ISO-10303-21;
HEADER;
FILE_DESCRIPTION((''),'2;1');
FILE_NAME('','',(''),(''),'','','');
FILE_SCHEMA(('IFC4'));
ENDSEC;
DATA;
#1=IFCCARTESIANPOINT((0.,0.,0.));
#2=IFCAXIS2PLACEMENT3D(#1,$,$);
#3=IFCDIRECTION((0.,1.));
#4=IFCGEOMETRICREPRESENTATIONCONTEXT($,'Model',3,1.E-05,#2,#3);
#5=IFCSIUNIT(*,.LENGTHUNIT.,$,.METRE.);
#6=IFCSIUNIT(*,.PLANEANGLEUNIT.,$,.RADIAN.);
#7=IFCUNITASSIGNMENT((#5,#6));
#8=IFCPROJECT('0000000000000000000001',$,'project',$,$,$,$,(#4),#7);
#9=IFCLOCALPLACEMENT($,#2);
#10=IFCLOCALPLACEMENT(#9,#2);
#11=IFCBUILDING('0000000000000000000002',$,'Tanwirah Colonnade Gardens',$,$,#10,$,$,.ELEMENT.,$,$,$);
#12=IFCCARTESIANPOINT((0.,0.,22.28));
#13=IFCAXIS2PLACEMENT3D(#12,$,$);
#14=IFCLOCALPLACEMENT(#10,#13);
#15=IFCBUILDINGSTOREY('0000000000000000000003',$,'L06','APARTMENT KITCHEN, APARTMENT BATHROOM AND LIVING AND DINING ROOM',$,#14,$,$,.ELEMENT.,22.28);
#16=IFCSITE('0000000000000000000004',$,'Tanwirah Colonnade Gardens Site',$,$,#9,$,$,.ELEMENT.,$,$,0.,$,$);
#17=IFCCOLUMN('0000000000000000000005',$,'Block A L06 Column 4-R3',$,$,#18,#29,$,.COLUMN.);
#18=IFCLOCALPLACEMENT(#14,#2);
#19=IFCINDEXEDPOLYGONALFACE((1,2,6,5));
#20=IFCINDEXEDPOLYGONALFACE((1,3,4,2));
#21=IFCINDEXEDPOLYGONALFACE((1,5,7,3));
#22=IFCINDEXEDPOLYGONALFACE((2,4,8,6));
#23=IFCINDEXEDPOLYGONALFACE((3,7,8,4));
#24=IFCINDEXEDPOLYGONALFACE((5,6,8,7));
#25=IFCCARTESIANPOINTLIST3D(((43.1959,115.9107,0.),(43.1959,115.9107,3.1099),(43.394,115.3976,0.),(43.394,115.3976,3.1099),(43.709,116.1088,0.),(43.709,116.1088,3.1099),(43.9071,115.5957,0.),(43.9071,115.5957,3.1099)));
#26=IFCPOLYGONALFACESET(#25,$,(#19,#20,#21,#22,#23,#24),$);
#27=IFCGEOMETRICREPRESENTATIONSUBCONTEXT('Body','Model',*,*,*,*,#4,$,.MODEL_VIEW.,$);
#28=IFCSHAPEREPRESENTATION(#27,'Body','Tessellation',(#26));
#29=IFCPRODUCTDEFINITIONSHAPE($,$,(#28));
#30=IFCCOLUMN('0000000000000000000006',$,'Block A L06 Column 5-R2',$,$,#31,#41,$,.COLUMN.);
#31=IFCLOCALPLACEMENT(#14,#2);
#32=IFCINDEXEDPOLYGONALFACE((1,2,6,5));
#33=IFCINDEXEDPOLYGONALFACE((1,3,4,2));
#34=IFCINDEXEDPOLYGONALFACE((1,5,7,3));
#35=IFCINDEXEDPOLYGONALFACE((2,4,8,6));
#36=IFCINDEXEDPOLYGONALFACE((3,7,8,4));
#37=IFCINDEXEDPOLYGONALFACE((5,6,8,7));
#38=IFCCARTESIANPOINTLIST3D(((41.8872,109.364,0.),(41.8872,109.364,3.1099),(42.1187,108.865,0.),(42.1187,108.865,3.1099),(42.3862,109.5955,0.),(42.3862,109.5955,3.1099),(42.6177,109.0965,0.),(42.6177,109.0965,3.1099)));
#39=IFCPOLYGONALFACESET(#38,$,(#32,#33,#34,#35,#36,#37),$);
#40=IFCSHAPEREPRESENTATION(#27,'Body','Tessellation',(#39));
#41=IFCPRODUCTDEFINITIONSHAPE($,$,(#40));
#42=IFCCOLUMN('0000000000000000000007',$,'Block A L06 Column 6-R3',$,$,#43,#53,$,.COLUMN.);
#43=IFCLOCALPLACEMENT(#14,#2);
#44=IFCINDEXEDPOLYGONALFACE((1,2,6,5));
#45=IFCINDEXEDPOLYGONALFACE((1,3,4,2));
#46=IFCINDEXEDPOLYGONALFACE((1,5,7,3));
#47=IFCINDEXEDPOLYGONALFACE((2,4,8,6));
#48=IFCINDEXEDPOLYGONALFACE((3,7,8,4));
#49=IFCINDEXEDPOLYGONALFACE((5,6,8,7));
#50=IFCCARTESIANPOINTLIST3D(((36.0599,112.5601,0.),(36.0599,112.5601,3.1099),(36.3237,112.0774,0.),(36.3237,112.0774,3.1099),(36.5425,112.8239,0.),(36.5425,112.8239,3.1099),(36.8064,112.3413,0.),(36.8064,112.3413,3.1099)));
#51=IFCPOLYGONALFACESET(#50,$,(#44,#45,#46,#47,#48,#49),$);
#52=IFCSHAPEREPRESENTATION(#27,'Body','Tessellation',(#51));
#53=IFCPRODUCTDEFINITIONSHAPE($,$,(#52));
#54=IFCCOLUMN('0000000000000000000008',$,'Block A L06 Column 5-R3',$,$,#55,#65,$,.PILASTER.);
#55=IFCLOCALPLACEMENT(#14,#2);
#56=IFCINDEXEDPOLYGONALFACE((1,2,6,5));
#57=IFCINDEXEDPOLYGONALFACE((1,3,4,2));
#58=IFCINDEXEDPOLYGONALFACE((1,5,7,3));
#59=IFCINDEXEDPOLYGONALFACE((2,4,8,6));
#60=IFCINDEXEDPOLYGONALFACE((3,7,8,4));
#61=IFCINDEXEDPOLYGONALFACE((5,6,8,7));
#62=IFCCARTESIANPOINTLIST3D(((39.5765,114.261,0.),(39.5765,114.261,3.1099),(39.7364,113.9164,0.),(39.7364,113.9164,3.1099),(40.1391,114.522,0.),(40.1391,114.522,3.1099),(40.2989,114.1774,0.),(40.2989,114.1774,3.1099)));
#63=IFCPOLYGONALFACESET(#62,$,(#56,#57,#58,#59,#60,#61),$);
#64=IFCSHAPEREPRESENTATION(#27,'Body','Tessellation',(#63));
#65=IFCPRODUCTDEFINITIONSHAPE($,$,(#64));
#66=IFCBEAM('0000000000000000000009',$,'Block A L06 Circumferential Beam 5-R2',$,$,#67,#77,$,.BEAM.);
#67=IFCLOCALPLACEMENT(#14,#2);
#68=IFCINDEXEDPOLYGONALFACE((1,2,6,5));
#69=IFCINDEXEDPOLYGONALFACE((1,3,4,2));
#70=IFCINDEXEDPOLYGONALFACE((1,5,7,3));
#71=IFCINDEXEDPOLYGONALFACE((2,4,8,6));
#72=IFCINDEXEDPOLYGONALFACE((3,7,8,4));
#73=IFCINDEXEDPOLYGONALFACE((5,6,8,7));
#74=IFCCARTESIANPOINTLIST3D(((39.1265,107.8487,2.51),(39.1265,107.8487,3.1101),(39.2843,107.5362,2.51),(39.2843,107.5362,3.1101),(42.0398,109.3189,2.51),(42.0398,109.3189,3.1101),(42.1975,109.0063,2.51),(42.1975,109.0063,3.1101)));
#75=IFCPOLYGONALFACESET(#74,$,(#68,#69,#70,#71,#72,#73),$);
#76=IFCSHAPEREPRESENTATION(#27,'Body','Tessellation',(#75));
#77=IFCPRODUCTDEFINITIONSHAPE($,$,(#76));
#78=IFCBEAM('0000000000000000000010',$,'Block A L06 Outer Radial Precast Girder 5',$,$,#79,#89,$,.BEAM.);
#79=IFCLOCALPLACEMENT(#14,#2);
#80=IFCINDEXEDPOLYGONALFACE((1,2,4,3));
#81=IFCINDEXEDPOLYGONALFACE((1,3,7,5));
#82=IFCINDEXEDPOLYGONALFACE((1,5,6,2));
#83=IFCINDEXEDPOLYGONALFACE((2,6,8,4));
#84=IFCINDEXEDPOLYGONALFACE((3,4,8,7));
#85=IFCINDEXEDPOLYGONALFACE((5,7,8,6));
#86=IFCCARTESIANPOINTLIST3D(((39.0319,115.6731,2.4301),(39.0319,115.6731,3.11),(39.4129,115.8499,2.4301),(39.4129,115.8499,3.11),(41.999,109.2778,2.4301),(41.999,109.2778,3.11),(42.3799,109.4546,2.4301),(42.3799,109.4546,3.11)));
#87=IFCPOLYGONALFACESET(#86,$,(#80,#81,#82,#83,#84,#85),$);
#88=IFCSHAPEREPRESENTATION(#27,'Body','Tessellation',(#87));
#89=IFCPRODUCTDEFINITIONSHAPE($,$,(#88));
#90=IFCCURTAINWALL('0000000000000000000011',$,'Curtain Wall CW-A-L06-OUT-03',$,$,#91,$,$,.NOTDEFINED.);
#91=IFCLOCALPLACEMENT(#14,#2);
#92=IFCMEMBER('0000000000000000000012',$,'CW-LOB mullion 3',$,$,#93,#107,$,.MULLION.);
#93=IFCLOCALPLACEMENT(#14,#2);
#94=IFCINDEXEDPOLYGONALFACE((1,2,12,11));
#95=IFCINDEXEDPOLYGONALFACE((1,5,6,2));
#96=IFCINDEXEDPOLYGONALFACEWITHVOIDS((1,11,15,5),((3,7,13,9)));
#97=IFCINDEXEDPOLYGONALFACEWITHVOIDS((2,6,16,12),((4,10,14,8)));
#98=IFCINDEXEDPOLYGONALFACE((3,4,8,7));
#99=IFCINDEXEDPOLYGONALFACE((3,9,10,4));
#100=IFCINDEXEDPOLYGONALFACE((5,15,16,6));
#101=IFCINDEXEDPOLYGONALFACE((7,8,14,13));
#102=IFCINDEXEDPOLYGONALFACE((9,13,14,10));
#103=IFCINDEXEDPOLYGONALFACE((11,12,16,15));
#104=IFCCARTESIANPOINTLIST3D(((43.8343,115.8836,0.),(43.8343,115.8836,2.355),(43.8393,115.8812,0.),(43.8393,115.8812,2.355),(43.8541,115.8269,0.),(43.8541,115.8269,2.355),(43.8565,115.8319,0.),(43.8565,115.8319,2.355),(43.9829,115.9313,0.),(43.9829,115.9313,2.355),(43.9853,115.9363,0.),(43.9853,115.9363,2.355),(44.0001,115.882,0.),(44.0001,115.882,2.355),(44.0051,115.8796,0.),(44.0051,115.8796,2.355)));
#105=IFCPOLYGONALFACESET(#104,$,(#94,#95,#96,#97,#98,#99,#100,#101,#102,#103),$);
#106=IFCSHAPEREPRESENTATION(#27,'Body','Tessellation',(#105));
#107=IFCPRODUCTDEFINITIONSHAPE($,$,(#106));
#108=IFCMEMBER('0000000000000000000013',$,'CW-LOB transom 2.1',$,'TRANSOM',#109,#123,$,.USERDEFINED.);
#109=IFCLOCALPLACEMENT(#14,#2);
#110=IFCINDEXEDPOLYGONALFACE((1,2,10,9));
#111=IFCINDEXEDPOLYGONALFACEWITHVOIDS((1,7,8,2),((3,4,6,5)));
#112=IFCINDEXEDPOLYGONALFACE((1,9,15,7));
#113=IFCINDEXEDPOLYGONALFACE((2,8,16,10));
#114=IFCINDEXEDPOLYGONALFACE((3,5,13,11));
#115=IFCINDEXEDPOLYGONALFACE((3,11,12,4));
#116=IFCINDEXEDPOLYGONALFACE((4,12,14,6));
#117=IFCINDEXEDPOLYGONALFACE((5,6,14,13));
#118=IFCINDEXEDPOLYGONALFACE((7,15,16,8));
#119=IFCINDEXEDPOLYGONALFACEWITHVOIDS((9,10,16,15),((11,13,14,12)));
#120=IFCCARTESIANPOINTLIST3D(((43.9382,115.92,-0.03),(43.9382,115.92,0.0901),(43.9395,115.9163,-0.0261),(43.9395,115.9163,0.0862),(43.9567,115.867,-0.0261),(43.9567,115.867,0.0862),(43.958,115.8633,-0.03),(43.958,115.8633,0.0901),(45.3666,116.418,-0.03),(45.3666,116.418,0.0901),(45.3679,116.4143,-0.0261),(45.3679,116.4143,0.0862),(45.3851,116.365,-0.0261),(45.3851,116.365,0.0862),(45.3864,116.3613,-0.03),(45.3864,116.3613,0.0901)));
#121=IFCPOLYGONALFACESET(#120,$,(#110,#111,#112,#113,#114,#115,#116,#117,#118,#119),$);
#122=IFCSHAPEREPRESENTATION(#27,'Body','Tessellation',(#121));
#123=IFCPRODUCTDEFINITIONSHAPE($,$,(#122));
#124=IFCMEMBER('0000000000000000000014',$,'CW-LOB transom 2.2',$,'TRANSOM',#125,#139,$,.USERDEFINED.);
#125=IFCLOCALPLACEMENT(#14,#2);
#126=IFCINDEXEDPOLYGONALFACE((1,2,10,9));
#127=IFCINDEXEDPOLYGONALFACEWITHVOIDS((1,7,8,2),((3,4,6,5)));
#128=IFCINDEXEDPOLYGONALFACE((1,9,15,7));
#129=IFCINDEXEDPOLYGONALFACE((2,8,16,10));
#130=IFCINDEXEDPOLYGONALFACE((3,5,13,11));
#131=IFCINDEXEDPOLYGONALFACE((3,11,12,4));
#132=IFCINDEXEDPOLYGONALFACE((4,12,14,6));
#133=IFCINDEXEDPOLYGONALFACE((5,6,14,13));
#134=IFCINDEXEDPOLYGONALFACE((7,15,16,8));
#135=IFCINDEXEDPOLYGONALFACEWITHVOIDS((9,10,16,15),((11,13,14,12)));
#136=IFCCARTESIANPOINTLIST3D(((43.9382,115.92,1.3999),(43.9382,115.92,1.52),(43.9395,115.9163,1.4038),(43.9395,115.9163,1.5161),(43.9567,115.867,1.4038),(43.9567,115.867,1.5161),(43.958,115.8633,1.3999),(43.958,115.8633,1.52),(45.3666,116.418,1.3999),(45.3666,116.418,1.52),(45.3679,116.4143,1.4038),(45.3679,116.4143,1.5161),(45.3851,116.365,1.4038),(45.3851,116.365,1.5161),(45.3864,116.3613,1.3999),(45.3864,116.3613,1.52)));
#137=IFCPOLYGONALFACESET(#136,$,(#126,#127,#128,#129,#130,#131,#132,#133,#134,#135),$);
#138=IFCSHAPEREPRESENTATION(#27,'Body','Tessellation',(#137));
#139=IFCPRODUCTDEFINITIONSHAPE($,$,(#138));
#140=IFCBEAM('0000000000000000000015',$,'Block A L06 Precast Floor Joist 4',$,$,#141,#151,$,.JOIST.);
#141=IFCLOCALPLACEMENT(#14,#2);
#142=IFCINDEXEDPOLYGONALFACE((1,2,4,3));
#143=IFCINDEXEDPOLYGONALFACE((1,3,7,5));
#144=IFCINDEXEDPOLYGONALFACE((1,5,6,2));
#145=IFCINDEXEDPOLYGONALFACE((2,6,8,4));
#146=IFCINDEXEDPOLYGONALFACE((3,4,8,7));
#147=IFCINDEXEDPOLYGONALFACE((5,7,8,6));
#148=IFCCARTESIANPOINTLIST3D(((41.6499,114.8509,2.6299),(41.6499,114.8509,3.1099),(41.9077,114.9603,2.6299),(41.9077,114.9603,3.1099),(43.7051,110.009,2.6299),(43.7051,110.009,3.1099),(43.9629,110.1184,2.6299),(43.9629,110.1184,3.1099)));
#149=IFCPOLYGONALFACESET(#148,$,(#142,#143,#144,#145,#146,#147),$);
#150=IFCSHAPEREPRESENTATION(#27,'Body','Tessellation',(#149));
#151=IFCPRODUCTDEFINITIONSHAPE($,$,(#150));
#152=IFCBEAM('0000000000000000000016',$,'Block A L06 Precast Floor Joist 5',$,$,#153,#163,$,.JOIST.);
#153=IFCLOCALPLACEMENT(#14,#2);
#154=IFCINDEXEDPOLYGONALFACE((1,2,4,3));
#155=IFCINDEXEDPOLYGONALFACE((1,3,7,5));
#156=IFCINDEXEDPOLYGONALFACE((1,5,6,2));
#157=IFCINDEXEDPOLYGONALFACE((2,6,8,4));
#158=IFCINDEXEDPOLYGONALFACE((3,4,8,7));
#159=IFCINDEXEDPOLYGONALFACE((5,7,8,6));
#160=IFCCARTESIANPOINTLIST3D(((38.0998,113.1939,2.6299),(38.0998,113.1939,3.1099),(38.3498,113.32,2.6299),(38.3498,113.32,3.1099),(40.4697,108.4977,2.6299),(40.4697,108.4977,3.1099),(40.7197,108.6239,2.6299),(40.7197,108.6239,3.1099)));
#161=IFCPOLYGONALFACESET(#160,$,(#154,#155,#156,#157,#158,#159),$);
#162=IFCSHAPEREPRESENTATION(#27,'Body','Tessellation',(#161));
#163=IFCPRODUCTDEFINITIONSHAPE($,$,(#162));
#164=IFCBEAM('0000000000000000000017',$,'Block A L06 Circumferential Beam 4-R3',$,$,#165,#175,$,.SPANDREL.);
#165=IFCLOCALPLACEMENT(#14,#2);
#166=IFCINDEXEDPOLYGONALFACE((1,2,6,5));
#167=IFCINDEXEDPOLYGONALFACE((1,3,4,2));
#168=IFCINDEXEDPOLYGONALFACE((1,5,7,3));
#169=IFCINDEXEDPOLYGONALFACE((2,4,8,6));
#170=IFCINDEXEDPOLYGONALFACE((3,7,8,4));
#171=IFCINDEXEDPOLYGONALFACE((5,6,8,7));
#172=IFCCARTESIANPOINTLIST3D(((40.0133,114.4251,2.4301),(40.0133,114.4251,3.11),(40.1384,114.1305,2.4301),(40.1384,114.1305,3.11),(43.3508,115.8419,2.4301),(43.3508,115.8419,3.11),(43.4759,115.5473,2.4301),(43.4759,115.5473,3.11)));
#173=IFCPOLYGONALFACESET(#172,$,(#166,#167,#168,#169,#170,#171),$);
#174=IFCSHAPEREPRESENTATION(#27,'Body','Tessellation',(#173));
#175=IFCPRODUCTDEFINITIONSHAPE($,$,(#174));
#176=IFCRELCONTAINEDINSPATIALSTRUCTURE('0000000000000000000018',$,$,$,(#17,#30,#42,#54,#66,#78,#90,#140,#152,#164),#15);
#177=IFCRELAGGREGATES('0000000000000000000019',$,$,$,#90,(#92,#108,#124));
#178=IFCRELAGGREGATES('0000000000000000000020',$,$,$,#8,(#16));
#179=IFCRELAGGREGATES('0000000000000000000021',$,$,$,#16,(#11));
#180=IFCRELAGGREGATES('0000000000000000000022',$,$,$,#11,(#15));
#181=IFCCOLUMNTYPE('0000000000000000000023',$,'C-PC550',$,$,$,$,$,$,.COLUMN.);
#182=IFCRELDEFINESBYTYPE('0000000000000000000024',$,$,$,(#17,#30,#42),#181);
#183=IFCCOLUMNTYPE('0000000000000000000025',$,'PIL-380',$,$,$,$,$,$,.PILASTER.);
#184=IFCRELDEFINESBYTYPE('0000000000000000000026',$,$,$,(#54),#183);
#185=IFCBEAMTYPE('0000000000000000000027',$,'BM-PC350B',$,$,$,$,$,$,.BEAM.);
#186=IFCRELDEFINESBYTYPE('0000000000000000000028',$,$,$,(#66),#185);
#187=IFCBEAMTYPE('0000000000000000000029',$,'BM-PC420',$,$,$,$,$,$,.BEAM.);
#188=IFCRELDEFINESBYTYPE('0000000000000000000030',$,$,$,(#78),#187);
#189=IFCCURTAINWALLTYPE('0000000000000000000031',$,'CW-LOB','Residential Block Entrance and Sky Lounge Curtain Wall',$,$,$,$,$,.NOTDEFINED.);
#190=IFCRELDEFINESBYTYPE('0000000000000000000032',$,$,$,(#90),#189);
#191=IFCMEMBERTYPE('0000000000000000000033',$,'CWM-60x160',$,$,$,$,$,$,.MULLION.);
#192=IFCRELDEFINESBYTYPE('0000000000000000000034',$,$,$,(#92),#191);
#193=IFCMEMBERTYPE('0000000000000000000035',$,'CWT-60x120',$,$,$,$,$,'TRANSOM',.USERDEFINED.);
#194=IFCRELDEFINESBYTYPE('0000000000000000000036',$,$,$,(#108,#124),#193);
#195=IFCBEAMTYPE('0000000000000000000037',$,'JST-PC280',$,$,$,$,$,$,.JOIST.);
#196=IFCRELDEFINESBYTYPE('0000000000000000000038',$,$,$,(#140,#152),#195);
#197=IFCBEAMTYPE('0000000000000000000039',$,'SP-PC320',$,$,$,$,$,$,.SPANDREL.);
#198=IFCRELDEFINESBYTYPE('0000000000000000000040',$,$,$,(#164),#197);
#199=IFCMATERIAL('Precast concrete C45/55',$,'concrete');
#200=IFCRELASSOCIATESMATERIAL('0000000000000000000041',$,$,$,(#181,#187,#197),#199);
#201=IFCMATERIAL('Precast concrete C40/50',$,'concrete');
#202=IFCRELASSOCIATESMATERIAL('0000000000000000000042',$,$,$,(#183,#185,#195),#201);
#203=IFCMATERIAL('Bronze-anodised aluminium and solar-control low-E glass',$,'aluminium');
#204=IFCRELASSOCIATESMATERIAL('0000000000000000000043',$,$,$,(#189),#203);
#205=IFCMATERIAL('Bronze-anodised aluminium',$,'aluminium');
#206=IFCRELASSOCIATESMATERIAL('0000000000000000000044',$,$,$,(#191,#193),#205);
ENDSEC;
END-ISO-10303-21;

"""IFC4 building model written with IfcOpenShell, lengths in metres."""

from ifc_helpers import new_model, si_unit, direction, frame, origin, origin_2d, place, context, subcontext, project, spatial, rectangle, hollow_rectangle, extrude, material, material_profile, profile_set, type_object, element, aggregate, save


model = new_model("IFC4")

# Units and contexts
model_context = context("Model", 3, precision=1e-05, world=origin(), true_north=direction((0.0, 1.0)))
body_context = subcontext(model_context, "Body", "Model", "MODEL_VIEW")
ifc_project = project(units=[si_unit("LENGTHUNIT", "METRE"), si_unit("PLANEANGLEUNIT", "RADIAN")], contexts=[model_context])

# Site, building, storey
site_placement = place(None, origin())
site = spatial("IfcSite", under=ifc_project, at=site_placement, Name="Tanwirah Colonnade Gardens Site", CompositionType="ELEMENT", RefElevation=0.0)
building_placement = place(site_placement, origin())
building = spatial("IfcBuilding", under=site, at=building_placement, Name="Tanwirah Colonnade Gardens", CompositionType="ELEMENT")
storey_placement = place(building_placement, frame((0.0, 0.0, 22.28)))
storey = spatial("IfcBuildingStorey", under=building, at=storey_placement, Name="L06", Description="APARTMENT KITCHEN, APARTMENT BATHROOM AND LIVING AND DINING ROOM", CompositionType="ELEMENT", Elevation=22.28)

# Columns
ifc_material_1 = material(Name="Precast concrete C45/55", Category="concrete")
ifc_material_profile_1 = material_profile(ifc_material_1, rectangle(XDim=0.55, YDim=0.55, at=origin_2d()), Name="PC-COL 550x550")
ifc_profile_set_1 = profile_set([ifc_material_profile_1], Name="Precast concrete C45/55")
column_type_1 = type_object("IfcColumnType", Name="C-PC550", PredefinedType="COLUMN", material=ifc_profile_set_1)
for number, where, z_axis, x_axis, name in (
    (1, (43.5515, 115.7532, 0.0), (0.0, 0.0, 1.0), (-0.360178, 0.932884, 0.0), "Block A L06 Column 4-R3"),
    (2, (42.2524, 109.2302, 0.0), (0.0, 0.0, 1.0), (-0.42086, 0.907126, 0.0), "Block A L06 Column 5-R2"),
    (3, (36.4331, 112.4507, 0.0), (0.0, 0.0, 1.0), (-0.479713, 0.877425, 0.0), "Block A L06 Column 6-R3"),
):
    element("IfcColumn", number, at=place(storey_placement, frame(where, z_axis=z_axis, x_axis=x_axis)), inside=storey, type_object=column_type_1, Name=name, PredefinedType="COLUMN", context=body_context, shape_type="SweptSolid", body=[
        extrude(rectangle(XDim=0.55, YDim=0.55, at=origin_2d()), origin(), (0.0, 0.0, 1.0), 3.1099),
    ])
ifc_material_2 = material(Name="Precast concrete C40/50", Category="concrete")
ifc_material_profile_2 = material_profile(ifc_material_2, rectangle(XDim=0.3799, YDim=0.6201, at=origin_2d()), Name="PC-PIL 380x620")
ifc_profile_set_2 = profile_set([ifc_material_profile_2], Name="Precast concrete C40/50")
column_type_2 = type_object("IfcColumnType", Name="PIL-380", PredefinedType="PILASTER", material=ifc_profile_set_2)
column_placement = place(storey_placement, frame((39.9377, 114.2192, 0.0), z_axis=(0.0, 0.0, 1.0), x_axis=(-0.42086, 0.907126, 0.0)))
element("IfcColumn", 4, at=column_placement, inside=storey, type_object=column_type_2, Name="Block A L06 Column 5-R3", PredefinedType="PILASTER", context=body_context, shape_type="SweptSolid", body=[
    extrude(rectangle(XDim=0.3799, YDim=0.6201, at=origin_2d()), origin(), (0.0, 0.0, 1.0), 3.1099),
])

# Beams
ifc_material_profile_3 = material_profile(ifc_material_2, rectangle(XDim=0.3501, YDim=0.6001, at=origin_2d()), Name="PC-BM 350x600")
ifc_profile_set_3 = profile_set([ifc_material_profile_3], Name="Precast concrete C40/50")
beam_type_1 = type_object("IfcBeamType", Name="BM-PC350B", PredefinedType="BEAM", material=ifc_profile_set_3)
beam_1_placement = place(storey_placement, frame((42.1187, 109.1626, 2.8101), z_axis=(-0.89276, -0.450532, 0.0), x_axis=(0.450532, -0.89276, 0.0)))
element("IfcBeam", 5, at=beam_1_placement, inside=storey, type_object=beam_type_1, Name="Block A L06 Circumferential Beam 5-R2", PredefinedType="BEAM", context=body_context, shape_type="SweptSolid", body=[
    extrude(rectangle(XDim=0.3501, YDim=0.6001, at=origin_2d()), origin(), (0.0, 0.0, 1.0), 3.2632),
])
ifc_material_profile_4 = material_profile(ifc_material_1, rectangle(XDim=0.4199, YDim=0.6799, at=origin_2d()), Name="PC-BM 420x680")
ifc_profile_set_4 = profile_set([ifc_material_profile_4], Name="Precast concrete C45/55")
beam_type_2 = type_object("IfcBeamType", Name="BM-PC420", PredefinedType="BEAM", material=ifc_profile_set_4)
beam_2_placement = place(storey_placement, frame((42.1895, 109.3662, 2.77), z_axis=(-0.420856, 0.907128, 0.0), x_axis=(-0.907128, -0.420856, 0.0)))
element("IfcBeam", 6, at=beam_2_placement, inside=storey, type_object=beam_type_2, Name="Block A L06 Outer Radial Precast Girder 5", PredefinedType="BEAM", context=body_context, shape_type="SweptSolid", body=[
    extrude(rectangle(XDim=0.4199, YDim=0.6799, at=origin_2d()), origin(), (0.0, 0.0, 1.0), 7.05),
])

# Curtain wall, members
ifc_material_3 = material(Name="Bronze-anodised aluminium and solar-control low-E glass", Category="aluminium")
curtain_wall_type = type_object("IfcCurtainWallType", Name="CW-LOB", Description="Residential Block Entrance and Sky Lounge Curtain Wall", PredefinedType="NOTDEFINED", material=ifc_material_3)
curtain_wall_placement = place(storey_placement, origin())
curtain_wall = element("IfcCurtainWall", 7, at=curtain_wall_placement, inside=storey, type_object=curtain_wall_type, Name="Curtain Wall CW-A-L06-OUT-03", PredefinedType="NOTDEFINED")
ifc_material_4 = material(Name="Bronze-anodised aluminium", Category="aluminium")
ifc_material_profile_5 = material_profile(ifc_material_4, hollow_rectangle(XDim=0.0601, YDim=0.1599, WallThickness=0.0039, at=origin_2d()), Name="CW-MUL 60x160x4")
ifc_profile_set_5 = profile_set([ifc_material_profile_5], Name="Bronze-anodised aluminium")
member_type_1 = type_object("IfcMemberType", Name="CWM-60x160", PredefinedType="MULLION", material=ifc_profile_set_5)
member_1_placement = place(storey_placement, frame((43.9197, 115.8816, 0.0), z_axis=(0.0, 0.0, 1.0), x_axis=(0.329233, -0.944249, 0.0)))
member_1 = element("IfcMember", 8, at=member_1_placement, type_object=member_type_1, Name="CW-LOB mullion 3", PredefinedType="MULLION", context=body_context, shape_type="SweptSolid", body=[
    extrude(hollow_rectangle(XDim=0.0601, YDim=0.1599, WallThickness=0.0039, at=origin_2d()), origin(), (0.0, 0.0, 1.0), 2.355),
])
ifc_material_profile_6 = material_profile(ifc_material_4, hollow_rectangle(XDim=0.0601, YDim=0.1201, WallThickness=0.0039, at=origin_2d()), Name="CW-TRN 60x120x4")
ifc_profile_set_6 = profile_set([ifc_material_profile_6], Name="Bronze-anodised aluminium")
member_type_2 = type_object("IfcMemberType", Name="CWT-60x120", ElementType="TRANSOM", PredefinedType="USERDEFINED", material=ifc_profile_set_6)
member_2_placement = place(storey_placement, frame((45.3765, 116.3896, 0.03), z_axis=(-0.944253, -0.329222, 0.0), x_axis=(0.329222, -0.944253, 0.0)))
member_2 = element("IfcMember", 9, at=member_2_placement, type_object=member_type_2, Name="CW-LOB transom 2.1", ObjectType="TRANSOM", PredefinedType="USERDEFINED", context=body_context, shape_type="SweptSolid", body=[
    extrude(hollow_rectangle(XDim=0.0601, YDim=0.1201, WallThickness=0.0039, at=origin_2d()), origin(), (0.0, 0.0, 1.0), 1.5127),
])
member_3_placement = place(storey_placement, frame((45.3765, 116.3896, 1.46), z_axis=(-0.944253, -0.329222, 0.0), x_axis=(0.329222, -0.944253, 0.0)))
member_3 = element("IfcMember", 10, at=member_3_placement, type_object=member_type_2, Name="CW-LOB transom 2.2", ObjectType="TRANSOM", PredefinedType="USERDEFINED", context=body_context, shape_type="SweptSolid", body=[
    extrude(hollow_rectangle(XDim=0.0601, YDim=0.1201, WallThickness=0.0039, at=origin_2d()), origin(), (0.0, 0.0, 1.0), 1.5127),
])

# Beams
ifc_material_profile_7 = material_profile(ifc_material_2, rectangle(XDim=0.28, YDim=0.48, at=origin_2d()), Name="PC-JST 280x480")
ifc_profile_set_7 = profile_set([ifc_material_profile_7], Name="Precast concrete C40/50")
beam_type_3 = type_object("IfcBeamType", Name="JST-PC280", PredefinedType="JOIST", material=ifc_profile_set_7)
beam_3_placement = place(storey_placement, frame((43.834, 110.0637, 2.8699), z_axis=(-0.390724, 0.920508, 0.0), x_axis=(-0.920508, -0.390724, 0.0)))
element("IfcBeam", 11, at=beam_3_placement, inside=storey, type_object=beam_type_3, Name="Block A L06 Precast Floor Joist 4", PredefinedType="JOIST", context=body_context, shape_type="SweptSolid", body=[
    extrude(rectangle(XDim=0.28, YDim=0.48, at=origin_2d()), origin(), (0.0, 0.0, 1.0), 5.26),
])
beam_4_placement = place(storey_placement, frame((40.5947, 108.5608, 2.8699), z_axis=(-0.450534, 0.892759, 0.0), x_axis=(-0.892759, -0.450534, 0.0)))
element("IfcBeam", 12, at=beam_4_placement, inside=storey, type_object=beam_type_3, Name="Block A L06 Precast Floor Joist 5", PredefinedType="JOIST", context=body_context, shape_type="SweptSolid", body=[
    extrude(rectangle(XDim=0.28, YDim=0.48, at=origin_2d()), origin(), (0.0, 0.0, 1.0), 5.2603),
])
ifc_material_profile_8 = material_profile(ifc_material_1, rectangle(XDim=0.3201, YDim=0.6799, at=origin_2d()), Name="PC-SP 320x680")
ifc_profile_set_8 = profile_set([ifc_material_profile_8], Name="Precast concrete C45/55")
beam_type_4 = type_object("IfcBeamType", Name="SP-PC320", PredefinedType="SPANDREL", material=ifc_profile_set_8)
beam_5_placement = place(storey_placement, frame((43.4133, 115.6946, 2.77), z_axis=(-0.920494, -0.390756, 0.0), x_axis=(0.390756, -0.920494, 0.0)))
element("IfcBeam", 13, at=beam_5_placement, inside=storey, type_object=beam_type_4, Name="Block A L06 Circumferential Beam 4-R3", PredefinedType="SPANDREL", context=body_context, shape_type="SweptSolid", body=[
    extrude(rectangle(XDim=0.3201, YDim=0.6799, at=origin_2d()), origin(), (0.0, 0.0, 1.0), 3.6257),
])

aggregate(curtain_wall, [member_1, member_2, member_3])

save(model, "model.ifc")
